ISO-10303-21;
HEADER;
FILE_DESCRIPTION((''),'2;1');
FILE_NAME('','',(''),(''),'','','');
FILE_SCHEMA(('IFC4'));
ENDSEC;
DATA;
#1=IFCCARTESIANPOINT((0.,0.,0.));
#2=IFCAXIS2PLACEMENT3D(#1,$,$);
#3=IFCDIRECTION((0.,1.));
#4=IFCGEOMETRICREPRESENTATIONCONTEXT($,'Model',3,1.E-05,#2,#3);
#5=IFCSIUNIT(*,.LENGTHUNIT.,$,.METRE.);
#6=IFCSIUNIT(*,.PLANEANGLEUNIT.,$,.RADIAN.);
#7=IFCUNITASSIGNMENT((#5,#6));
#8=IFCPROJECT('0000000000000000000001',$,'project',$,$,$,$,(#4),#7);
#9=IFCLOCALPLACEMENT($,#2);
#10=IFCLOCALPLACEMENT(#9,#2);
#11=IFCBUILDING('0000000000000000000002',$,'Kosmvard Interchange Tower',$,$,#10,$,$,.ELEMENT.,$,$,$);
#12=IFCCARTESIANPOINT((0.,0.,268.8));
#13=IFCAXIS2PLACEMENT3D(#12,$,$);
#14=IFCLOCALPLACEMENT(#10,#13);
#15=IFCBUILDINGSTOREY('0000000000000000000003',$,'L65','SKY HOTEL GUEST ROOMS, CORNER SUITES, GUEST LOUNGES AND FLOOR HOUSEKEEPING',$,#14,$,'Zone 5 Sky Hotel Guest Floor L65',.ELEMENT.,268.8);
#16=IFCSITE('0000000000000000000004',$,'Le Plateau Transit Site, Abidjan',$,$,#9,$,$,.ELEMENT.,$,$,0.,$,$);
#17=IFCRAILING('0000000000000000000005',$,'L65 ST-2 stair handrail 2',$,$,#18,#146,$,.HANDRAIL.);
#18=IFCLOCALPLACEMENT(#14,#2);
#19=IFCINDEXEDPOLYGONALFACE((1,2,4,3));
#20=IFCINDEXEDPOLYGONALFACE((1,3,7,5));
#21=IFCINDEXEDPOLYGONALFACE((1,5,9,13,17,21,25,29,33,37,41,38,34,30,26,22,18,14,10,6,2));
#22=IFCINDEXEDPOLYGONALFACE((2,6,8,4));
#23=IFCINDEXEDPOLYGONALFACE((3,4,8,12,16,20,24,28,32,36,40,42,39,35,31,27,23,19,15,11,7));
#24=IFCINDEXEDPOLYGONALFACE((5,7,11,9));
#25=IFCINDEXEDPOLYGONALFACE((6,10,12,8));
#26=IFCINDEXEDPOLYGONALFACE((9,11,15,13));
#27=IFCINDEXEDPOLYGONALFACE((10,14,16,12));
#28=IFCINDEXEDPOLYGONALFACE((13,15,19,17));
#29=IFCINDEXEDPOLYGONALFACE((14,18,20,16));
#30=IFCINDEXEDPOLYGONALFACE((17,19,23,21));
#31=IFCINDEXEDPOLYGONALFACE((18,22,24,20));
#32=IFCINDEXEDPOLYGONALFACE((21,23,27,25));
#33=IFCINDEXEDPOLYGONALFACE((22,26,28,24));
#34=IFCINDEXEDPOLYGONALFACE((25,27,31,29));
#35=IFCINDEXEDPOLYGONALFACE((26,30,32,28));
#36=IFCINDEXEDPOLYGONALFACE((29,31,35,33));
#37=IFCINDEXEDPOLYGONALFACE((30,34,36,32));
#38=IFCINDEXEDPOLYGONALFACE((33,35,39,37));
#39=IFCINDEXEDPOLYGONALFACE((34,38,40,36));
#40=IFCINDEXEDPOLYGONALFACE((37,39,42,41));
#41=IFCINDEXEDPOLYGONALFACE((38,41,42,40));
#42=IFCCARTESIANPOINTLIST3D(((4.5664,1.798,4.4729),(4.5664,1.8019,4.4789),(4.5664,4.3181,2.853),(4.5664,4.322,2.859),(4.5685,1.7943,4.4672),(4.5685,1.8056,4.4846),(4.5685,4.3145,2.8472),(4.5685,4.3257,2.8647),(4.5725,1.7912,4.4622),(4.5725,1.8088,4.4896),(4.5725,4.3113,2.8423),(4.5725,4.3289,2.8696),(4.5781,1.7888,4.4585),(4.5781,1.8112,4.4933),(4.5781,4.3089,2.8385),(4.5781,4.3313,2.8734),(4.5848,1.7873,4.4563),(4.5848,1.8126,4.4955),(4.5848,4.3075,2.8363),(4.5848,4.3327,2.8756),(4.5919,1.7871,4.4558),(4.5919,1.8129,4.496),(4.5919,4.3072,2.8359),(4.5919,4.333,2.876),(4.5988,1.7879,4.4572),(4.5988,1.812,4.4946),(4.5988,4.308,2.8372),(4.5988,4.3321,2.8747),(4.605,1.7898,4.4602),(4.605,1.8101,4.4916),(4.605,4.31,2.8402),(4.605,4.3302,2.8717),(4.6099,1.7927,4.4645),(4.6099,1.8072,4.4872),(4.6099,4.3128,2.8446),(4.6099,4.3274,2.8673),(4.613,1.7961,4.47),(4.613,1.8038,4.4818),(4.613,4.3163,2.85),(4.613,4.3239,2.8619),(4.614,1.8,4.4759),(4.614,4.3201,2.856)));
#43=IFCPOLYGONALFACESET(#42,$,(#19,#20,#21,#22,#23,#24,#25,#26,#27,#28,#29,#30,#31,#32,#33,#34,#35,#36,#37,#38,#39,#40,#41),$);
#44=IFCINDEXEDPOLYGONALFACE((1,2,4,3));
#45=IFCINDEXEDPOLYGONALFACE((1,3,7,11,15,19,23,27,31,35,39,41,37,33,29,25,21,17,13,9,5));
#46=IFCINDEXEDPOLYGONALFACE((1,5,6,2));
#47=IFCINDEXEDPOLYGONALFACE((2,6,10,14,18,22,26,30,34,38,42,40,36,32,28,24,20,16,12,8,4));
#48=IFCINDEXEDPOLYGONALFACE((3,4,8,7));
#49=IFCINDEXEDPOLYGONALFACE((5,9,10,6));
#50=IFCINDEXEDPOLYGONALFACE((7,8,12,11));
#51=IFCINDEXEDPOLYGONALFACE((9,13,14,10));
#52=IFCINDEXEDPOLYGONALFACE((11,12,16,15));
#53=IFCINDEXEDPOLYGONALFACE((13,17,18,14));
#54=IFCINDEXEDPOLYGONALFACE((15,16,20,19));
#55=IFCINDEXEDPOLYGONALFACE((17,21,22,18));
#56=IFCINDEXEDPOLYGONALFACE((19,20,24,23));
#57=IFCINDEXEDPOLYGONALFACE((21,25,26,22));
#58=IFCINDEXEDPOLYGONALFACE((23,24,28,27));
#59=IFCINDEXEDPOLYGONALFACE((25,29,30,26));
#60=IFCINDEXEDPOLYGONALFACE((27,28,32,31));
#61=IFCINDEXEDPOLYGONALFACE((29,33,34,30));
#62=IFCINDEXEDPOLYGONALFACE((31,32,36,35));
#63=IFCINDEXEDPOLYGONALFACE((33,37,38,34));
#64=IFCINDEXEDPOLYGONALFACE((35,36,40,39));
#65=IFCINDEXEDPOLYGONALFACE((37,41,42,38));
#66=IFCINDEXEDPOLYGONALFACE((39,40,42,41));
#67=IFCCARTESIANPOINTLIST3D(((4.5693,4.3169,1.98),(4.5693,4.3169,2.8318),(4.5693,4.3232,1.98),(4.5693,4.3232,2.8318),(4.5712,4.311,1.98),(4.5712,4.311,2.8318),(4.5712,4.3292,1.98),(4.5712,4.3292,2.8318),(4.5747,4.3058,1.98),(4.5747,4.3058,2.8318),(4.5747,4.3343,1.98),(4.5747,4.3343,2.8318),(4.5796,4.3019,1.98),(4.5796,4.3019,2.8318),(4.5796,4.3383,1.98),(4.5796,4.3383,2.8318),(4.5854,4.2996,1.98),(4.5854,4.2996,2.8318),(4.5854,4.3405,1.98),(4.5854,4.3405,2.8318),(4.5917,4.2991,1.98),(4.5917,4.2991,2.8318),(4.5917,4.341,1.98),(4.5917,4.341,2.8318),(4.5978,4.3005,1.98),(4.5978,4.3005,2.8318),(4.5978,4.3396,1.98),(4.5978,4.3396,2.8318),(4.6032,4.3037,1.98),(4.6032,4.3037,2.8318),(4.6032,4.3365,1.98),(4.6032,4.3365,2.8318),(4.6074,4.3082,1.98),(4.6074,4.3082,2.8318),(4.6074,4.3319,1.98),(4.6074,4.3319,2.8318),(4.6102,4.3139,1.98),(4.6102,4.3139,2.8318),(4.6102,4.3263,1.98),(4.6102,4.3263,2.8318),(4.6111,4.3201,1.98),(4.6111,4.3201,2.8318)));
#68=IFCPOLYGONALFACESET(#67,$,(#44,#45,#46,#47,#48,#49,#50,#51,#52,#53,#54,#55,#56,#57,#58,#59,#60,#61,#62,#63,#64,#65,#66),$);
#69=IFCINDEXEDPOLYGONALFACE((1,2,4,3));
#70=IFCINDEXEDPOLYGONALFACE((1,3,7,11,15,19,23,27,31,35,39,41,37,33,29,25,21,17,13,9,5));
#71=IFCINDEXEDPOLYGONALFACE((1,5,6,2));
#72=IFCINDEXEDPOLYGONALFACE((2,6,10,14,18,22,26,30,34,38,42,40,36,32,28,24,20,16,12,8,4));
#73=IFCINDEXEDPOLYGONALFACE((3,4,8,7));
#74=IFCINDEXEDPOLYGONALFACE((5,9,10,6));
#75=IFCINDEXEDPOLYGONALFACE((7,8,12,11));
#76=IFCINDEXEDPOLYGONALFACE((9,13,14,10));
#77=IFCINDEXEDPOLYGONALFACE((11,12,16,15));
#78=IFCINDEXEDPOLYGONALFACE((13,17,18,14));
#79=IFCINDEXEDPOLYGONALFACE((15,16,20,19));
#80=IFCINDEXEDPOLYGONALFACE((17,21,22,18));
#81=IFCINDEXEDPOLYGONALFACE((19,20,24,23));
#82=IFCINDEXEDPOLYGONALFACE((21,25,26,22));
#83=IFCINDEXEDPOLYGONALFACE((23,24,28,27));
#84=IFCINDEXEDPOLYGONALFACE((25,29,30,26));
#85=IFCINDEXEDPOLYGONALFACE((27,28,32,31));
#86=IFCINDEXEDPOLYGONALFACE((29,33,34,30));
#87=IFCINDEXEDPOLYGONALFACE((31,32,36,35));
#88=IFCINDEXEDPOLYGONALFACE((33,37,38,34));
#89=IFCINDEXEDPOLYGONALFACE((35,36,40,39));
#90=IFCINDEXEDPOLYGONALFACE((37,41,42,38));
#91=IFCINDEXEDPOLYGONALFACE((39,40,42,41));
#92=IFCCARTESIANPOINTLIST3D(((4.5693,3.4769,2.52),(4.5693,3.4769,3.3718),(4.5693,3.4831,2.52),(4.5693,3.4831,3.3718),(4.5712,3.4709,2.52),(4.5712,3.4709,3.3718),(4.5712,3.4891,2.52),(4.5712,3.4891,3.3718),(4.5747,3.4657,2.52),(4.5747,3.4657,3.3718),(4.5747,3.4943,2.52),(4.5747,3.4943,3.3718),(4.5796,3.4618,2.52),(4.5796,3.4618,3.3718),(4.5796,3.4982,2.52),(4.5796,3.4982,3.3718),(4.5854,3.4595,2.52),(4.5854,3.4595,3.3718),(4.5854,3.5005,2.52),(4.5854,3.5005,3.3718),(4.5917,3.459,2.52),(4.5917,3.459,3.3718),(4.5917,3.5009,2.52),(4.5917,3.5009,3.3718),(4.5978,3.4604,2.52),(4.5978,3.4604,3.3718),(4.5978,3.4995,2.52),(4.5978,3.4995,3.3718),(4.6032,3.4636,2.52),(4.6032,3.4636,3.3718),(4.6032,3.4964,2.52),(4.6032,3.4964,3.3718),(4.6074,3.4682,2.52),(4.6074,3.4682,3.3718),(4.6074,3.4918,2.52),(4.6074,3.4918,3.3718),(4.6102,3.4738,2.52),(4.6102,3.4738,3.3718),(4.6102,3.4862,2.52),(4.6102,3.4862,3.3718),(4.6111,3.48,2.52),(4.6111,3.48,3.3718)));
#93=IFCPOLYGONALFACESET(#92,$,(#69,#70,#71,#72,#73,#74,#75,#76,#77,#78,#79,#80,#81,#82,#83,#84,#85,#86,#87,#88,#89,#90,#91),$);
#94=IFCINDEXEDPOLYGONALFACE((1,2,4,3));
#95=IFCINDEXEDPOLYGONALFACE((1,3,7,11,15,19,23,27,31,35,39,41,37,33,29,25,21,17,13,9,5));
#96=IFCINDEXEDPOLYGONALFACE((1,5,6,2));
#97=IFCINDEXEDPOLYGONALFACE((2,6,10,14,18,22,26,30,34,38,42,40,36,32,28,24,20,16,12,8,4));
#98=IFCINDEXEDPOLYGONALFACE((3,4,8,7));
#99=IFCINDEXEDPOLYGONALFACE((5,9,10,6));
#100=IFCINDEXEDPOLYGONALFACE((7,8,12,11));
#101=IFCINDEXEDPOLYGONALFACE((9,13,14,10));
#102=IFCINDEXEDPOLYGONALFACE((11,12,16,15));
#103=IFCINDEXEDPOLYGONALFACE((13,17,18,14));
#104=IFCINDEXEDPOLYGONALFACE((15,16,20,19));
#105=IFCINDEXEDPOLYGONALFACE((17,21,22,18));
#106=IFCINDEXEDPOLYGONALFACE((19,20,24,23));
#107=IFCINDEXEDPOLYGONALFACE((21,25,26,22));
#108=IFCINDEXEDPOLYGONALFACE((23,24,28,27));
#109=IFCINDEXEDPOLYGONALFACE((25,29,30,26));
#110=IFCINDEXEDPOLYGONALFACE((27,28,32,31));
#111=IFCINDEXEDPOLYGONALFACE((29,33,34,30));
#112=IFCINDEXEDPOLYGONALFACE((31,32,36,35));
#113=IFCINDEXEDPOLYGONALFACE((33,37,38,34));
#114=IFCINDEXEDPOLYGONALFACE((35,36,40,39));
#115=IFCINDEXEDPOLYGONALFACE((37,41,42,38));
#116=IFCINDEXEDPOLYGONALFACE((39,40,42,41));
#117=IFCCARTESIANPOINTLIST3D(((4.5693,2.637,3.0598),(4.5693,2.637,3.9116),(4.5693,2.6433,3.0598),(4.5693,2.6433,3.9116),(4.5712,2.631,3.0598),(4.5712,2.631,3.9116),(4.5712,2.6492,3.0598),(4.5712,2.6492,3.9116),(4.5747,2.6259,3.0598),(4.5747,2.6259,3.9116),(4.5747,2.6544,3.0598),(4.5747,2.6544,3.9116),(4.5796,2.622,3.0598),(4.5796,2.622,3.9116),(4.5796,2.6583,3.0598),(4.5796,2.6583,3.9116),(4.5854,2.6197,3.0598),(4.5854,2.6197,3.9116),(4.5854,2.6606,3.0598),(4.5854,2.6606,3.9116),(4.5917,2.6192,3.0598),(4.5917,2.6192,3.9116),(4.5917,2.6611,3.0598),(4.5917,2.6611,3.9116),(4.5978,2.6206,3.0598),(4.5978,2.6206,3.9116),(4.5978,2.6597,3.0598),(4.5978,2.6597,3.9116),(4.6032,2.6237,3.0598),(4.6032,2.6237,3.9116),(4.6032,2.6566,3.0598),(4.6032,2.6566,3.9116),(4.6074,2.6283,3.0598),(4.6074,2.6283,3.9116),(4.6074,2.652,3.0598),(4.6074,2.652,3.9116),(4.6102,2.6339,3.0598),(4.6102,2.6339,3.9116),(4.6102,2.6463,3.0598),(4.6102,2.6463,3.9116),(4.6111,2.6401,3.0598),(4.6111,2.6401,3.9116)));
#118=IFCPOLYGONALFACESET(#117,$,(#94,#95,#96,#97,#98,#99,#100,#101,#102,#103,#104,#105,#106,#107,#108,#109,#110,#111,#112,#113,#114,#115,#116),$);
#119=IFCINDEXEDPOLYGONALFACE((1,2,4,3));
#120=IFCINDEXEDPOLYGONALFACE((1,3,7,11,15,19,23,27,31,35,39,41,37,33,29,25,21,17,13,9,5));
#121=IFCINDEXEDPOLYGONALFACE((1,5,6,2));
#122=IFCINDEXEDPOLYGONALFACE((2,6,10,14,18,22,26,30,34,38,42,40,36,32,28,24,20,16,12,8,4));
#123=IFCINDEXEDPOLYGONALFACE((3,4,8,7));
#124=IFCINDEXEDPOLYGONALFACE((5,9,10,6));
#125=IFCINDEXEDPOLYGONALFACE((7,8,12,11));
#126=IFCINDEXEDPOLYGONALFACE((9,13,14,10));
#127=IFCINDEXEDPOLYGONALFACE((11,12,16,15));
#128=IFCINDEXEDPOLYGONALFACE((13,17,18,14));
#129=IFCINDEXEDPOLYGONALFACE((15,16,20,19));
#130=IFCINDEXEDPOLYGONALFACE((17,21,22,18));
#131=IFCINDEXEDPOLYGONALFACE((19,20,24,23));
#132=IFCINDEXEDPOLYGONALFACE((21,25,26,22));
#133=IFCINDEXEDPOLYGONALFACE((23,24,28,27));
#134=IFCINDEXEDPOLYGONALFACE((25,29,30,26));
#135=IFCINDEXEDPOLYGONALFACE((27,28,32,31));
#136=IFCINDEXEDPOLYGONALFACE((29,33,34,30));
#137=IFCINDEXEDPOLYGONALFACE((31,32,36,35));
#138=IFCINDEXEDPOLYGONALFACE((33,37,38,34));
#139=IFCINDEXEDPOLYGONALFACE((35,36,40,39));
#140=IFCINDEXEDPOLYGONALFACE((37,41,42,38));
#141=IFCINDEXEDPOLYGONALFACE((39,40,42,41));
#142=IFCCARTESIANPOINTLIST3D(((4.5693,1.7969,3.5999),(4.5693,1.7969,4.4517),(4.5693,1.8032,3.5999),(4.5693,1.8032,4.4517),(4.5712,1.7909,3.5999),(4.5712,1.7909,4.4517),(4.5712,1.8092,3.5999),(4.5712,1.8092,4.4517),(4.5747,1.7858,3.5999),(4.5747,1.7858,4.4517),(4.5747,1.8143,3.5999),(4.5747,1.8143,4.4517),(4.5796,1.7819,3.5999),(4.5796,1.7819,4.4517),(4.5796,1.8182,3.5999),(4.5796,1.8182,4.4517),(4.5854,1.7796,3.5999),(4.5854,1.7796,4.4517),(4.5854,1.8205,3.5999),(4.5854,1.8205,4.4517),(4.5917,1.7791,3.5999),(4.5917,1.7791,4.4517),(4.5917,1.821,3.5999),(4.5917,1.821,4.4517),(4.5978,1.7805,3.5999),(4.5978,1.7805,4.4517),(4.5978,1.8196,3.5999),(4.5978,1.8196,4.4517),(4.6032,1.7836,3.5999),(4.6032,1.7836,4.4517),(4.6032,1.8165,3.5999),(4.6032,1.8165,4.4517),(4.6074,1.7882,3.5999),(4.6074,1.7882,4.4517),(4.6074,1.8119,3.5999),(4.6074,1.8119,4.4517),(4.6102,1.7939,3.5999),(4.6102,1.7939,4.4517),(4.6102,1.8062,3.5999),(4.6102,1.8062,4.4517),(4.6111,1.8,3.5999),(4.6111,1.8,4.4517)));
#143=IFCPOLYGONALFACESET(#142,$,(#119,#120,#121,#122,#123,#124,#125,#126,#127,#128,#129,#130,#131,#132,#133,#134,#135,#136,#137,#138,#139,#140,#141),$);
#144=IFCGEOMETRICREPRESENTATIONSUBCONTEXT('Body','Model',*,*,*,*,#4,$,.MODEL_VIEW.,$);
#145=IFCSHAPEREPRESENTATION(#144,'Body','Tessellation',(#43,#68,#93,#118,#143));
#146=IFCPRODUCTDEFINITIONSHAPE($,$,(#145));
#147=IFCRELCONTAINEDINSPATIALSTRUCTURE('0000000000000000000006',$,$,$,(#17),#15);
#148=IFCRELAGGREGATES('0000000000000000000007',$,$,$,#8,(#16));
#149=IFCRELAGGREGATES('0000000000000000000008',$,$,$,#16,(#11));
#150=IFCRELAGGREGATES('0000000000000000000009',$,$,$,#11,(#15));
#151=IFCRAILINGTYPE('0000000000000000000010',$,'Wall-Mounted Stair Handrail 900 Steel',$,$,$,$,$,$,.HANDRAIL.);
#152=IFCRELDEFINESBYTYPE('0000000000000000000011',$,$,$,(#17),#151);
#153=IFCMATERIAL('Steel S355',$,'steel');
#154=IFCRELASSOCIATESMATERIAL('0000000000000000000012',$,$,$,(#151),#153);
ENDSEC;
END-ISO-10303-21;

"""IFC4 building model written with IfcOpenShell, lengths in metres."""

from ifc_helpers import new_model, si_unit, direction, frame, origin, origin_2d, place, context, subcontext, project, spatial, circle, extrude, source, transform, mapped, material, type_object, element, save


model = new_model("IFC4")

# Units and contexts
model_context = context("Model", 3, precision=1e-05, world=origin(), true_north=direction((0.0, 1.0)))
body_context = subcontext(model_context, "Body", "Model", "MODEL_VIEW")
ifc_project = project(units=[si_unit("LENGTHUNIT", "METRE"), si_unit("PLANEANGLEUNIT", "RADIAN")], contexts=[model_context])

# Site, building, storey
site_placement = place(None, origin())
site = spatial("IfcSite", under=ifc_project, at=site_placement, Name="Le Plateau Transit Site, Abidjan", CompositionType="ELEMENT", RefElevation=0.0)
building_placement = place(site_placement, origin())
building = spatial("IfcBuilding", under=site, at=building_placement, Name="Kosmvard Interchange Tower", CompositionType="ELEMENT")
storey_placement = place(building_placement, frame((0.0, 0.0, 268.8)))
storey = spatial("IfcBuildingStorey", under=building, at=storey_placement, Name="L65", Description="SKY HOTEL GUEST ROOMS, CORNER SUITES, GUEST LOUNGES AND FLOOR HOUSEKEEPING", LongName="Zone 5 Sky Hotel Guest Floor L65", CompositionType="ELEMENT", Elevation=268.8)

# Shared definitions
ifc_material_1 = material(Name="Steel S355", Category="steel")

# Railing
railing_type_1 = type_object("IfcRailingType", Name="Wall-Mounted Stair Handrail 900 Steel", PredefinedType="HANDRAIL", material=ifc_material_1)
shared_shape_1 = source(origin(), body_context, "Body", "SweptSolid", [
    extrude(circle(Radius=0.0239, at=origin_2d()), frame((0.0, 0.0, 0.876), z_axis=(0.0, -0.8412, 0.540725), x_axis=(1.0, 0.0, 0.0)), (0.0, 0.0, 1.0), 2.9958),
    extrude(circle(Radius=0.021, at=origin_2d()), origin(), (0.0, 0.0, 1.0), 0.8518),
    extrude(circle(Radius=0.021, at=origin_2d()), frame((0.0, -0.8401, 0.54)), (0.0, 0.0, 1.0), 0.8518),
    extrude(circle(Radius=0.021, at=origin_2d()), frame((0.0, -1.6799, 1.0798)), (0.0, 0.0, 1.0), 0.8518),
    extrude(circle(Radius=0.021, at=origin_2d()), frame((0.0, -2.52, 1.6199)), (0.0, 0.0, 1.0), 0.8518),
])
railing_1_placement = place(storey_placement, frame((4.5901, 4.3201, 1.98)))
element("IfcRailing", 1, at=railing_1_placement, inside=storey, type_object=railing_type_1, Name="L65 ST-2 stair handrail 2", PredefinedType="HANDRAIL", context=body_context, shape_type="MappedRepresentation", body=[
    mapped(shared_shape_1, transform((0.0, 0.0, 0.0), scale=1.0)),
])

save(model, "model.ifc")
